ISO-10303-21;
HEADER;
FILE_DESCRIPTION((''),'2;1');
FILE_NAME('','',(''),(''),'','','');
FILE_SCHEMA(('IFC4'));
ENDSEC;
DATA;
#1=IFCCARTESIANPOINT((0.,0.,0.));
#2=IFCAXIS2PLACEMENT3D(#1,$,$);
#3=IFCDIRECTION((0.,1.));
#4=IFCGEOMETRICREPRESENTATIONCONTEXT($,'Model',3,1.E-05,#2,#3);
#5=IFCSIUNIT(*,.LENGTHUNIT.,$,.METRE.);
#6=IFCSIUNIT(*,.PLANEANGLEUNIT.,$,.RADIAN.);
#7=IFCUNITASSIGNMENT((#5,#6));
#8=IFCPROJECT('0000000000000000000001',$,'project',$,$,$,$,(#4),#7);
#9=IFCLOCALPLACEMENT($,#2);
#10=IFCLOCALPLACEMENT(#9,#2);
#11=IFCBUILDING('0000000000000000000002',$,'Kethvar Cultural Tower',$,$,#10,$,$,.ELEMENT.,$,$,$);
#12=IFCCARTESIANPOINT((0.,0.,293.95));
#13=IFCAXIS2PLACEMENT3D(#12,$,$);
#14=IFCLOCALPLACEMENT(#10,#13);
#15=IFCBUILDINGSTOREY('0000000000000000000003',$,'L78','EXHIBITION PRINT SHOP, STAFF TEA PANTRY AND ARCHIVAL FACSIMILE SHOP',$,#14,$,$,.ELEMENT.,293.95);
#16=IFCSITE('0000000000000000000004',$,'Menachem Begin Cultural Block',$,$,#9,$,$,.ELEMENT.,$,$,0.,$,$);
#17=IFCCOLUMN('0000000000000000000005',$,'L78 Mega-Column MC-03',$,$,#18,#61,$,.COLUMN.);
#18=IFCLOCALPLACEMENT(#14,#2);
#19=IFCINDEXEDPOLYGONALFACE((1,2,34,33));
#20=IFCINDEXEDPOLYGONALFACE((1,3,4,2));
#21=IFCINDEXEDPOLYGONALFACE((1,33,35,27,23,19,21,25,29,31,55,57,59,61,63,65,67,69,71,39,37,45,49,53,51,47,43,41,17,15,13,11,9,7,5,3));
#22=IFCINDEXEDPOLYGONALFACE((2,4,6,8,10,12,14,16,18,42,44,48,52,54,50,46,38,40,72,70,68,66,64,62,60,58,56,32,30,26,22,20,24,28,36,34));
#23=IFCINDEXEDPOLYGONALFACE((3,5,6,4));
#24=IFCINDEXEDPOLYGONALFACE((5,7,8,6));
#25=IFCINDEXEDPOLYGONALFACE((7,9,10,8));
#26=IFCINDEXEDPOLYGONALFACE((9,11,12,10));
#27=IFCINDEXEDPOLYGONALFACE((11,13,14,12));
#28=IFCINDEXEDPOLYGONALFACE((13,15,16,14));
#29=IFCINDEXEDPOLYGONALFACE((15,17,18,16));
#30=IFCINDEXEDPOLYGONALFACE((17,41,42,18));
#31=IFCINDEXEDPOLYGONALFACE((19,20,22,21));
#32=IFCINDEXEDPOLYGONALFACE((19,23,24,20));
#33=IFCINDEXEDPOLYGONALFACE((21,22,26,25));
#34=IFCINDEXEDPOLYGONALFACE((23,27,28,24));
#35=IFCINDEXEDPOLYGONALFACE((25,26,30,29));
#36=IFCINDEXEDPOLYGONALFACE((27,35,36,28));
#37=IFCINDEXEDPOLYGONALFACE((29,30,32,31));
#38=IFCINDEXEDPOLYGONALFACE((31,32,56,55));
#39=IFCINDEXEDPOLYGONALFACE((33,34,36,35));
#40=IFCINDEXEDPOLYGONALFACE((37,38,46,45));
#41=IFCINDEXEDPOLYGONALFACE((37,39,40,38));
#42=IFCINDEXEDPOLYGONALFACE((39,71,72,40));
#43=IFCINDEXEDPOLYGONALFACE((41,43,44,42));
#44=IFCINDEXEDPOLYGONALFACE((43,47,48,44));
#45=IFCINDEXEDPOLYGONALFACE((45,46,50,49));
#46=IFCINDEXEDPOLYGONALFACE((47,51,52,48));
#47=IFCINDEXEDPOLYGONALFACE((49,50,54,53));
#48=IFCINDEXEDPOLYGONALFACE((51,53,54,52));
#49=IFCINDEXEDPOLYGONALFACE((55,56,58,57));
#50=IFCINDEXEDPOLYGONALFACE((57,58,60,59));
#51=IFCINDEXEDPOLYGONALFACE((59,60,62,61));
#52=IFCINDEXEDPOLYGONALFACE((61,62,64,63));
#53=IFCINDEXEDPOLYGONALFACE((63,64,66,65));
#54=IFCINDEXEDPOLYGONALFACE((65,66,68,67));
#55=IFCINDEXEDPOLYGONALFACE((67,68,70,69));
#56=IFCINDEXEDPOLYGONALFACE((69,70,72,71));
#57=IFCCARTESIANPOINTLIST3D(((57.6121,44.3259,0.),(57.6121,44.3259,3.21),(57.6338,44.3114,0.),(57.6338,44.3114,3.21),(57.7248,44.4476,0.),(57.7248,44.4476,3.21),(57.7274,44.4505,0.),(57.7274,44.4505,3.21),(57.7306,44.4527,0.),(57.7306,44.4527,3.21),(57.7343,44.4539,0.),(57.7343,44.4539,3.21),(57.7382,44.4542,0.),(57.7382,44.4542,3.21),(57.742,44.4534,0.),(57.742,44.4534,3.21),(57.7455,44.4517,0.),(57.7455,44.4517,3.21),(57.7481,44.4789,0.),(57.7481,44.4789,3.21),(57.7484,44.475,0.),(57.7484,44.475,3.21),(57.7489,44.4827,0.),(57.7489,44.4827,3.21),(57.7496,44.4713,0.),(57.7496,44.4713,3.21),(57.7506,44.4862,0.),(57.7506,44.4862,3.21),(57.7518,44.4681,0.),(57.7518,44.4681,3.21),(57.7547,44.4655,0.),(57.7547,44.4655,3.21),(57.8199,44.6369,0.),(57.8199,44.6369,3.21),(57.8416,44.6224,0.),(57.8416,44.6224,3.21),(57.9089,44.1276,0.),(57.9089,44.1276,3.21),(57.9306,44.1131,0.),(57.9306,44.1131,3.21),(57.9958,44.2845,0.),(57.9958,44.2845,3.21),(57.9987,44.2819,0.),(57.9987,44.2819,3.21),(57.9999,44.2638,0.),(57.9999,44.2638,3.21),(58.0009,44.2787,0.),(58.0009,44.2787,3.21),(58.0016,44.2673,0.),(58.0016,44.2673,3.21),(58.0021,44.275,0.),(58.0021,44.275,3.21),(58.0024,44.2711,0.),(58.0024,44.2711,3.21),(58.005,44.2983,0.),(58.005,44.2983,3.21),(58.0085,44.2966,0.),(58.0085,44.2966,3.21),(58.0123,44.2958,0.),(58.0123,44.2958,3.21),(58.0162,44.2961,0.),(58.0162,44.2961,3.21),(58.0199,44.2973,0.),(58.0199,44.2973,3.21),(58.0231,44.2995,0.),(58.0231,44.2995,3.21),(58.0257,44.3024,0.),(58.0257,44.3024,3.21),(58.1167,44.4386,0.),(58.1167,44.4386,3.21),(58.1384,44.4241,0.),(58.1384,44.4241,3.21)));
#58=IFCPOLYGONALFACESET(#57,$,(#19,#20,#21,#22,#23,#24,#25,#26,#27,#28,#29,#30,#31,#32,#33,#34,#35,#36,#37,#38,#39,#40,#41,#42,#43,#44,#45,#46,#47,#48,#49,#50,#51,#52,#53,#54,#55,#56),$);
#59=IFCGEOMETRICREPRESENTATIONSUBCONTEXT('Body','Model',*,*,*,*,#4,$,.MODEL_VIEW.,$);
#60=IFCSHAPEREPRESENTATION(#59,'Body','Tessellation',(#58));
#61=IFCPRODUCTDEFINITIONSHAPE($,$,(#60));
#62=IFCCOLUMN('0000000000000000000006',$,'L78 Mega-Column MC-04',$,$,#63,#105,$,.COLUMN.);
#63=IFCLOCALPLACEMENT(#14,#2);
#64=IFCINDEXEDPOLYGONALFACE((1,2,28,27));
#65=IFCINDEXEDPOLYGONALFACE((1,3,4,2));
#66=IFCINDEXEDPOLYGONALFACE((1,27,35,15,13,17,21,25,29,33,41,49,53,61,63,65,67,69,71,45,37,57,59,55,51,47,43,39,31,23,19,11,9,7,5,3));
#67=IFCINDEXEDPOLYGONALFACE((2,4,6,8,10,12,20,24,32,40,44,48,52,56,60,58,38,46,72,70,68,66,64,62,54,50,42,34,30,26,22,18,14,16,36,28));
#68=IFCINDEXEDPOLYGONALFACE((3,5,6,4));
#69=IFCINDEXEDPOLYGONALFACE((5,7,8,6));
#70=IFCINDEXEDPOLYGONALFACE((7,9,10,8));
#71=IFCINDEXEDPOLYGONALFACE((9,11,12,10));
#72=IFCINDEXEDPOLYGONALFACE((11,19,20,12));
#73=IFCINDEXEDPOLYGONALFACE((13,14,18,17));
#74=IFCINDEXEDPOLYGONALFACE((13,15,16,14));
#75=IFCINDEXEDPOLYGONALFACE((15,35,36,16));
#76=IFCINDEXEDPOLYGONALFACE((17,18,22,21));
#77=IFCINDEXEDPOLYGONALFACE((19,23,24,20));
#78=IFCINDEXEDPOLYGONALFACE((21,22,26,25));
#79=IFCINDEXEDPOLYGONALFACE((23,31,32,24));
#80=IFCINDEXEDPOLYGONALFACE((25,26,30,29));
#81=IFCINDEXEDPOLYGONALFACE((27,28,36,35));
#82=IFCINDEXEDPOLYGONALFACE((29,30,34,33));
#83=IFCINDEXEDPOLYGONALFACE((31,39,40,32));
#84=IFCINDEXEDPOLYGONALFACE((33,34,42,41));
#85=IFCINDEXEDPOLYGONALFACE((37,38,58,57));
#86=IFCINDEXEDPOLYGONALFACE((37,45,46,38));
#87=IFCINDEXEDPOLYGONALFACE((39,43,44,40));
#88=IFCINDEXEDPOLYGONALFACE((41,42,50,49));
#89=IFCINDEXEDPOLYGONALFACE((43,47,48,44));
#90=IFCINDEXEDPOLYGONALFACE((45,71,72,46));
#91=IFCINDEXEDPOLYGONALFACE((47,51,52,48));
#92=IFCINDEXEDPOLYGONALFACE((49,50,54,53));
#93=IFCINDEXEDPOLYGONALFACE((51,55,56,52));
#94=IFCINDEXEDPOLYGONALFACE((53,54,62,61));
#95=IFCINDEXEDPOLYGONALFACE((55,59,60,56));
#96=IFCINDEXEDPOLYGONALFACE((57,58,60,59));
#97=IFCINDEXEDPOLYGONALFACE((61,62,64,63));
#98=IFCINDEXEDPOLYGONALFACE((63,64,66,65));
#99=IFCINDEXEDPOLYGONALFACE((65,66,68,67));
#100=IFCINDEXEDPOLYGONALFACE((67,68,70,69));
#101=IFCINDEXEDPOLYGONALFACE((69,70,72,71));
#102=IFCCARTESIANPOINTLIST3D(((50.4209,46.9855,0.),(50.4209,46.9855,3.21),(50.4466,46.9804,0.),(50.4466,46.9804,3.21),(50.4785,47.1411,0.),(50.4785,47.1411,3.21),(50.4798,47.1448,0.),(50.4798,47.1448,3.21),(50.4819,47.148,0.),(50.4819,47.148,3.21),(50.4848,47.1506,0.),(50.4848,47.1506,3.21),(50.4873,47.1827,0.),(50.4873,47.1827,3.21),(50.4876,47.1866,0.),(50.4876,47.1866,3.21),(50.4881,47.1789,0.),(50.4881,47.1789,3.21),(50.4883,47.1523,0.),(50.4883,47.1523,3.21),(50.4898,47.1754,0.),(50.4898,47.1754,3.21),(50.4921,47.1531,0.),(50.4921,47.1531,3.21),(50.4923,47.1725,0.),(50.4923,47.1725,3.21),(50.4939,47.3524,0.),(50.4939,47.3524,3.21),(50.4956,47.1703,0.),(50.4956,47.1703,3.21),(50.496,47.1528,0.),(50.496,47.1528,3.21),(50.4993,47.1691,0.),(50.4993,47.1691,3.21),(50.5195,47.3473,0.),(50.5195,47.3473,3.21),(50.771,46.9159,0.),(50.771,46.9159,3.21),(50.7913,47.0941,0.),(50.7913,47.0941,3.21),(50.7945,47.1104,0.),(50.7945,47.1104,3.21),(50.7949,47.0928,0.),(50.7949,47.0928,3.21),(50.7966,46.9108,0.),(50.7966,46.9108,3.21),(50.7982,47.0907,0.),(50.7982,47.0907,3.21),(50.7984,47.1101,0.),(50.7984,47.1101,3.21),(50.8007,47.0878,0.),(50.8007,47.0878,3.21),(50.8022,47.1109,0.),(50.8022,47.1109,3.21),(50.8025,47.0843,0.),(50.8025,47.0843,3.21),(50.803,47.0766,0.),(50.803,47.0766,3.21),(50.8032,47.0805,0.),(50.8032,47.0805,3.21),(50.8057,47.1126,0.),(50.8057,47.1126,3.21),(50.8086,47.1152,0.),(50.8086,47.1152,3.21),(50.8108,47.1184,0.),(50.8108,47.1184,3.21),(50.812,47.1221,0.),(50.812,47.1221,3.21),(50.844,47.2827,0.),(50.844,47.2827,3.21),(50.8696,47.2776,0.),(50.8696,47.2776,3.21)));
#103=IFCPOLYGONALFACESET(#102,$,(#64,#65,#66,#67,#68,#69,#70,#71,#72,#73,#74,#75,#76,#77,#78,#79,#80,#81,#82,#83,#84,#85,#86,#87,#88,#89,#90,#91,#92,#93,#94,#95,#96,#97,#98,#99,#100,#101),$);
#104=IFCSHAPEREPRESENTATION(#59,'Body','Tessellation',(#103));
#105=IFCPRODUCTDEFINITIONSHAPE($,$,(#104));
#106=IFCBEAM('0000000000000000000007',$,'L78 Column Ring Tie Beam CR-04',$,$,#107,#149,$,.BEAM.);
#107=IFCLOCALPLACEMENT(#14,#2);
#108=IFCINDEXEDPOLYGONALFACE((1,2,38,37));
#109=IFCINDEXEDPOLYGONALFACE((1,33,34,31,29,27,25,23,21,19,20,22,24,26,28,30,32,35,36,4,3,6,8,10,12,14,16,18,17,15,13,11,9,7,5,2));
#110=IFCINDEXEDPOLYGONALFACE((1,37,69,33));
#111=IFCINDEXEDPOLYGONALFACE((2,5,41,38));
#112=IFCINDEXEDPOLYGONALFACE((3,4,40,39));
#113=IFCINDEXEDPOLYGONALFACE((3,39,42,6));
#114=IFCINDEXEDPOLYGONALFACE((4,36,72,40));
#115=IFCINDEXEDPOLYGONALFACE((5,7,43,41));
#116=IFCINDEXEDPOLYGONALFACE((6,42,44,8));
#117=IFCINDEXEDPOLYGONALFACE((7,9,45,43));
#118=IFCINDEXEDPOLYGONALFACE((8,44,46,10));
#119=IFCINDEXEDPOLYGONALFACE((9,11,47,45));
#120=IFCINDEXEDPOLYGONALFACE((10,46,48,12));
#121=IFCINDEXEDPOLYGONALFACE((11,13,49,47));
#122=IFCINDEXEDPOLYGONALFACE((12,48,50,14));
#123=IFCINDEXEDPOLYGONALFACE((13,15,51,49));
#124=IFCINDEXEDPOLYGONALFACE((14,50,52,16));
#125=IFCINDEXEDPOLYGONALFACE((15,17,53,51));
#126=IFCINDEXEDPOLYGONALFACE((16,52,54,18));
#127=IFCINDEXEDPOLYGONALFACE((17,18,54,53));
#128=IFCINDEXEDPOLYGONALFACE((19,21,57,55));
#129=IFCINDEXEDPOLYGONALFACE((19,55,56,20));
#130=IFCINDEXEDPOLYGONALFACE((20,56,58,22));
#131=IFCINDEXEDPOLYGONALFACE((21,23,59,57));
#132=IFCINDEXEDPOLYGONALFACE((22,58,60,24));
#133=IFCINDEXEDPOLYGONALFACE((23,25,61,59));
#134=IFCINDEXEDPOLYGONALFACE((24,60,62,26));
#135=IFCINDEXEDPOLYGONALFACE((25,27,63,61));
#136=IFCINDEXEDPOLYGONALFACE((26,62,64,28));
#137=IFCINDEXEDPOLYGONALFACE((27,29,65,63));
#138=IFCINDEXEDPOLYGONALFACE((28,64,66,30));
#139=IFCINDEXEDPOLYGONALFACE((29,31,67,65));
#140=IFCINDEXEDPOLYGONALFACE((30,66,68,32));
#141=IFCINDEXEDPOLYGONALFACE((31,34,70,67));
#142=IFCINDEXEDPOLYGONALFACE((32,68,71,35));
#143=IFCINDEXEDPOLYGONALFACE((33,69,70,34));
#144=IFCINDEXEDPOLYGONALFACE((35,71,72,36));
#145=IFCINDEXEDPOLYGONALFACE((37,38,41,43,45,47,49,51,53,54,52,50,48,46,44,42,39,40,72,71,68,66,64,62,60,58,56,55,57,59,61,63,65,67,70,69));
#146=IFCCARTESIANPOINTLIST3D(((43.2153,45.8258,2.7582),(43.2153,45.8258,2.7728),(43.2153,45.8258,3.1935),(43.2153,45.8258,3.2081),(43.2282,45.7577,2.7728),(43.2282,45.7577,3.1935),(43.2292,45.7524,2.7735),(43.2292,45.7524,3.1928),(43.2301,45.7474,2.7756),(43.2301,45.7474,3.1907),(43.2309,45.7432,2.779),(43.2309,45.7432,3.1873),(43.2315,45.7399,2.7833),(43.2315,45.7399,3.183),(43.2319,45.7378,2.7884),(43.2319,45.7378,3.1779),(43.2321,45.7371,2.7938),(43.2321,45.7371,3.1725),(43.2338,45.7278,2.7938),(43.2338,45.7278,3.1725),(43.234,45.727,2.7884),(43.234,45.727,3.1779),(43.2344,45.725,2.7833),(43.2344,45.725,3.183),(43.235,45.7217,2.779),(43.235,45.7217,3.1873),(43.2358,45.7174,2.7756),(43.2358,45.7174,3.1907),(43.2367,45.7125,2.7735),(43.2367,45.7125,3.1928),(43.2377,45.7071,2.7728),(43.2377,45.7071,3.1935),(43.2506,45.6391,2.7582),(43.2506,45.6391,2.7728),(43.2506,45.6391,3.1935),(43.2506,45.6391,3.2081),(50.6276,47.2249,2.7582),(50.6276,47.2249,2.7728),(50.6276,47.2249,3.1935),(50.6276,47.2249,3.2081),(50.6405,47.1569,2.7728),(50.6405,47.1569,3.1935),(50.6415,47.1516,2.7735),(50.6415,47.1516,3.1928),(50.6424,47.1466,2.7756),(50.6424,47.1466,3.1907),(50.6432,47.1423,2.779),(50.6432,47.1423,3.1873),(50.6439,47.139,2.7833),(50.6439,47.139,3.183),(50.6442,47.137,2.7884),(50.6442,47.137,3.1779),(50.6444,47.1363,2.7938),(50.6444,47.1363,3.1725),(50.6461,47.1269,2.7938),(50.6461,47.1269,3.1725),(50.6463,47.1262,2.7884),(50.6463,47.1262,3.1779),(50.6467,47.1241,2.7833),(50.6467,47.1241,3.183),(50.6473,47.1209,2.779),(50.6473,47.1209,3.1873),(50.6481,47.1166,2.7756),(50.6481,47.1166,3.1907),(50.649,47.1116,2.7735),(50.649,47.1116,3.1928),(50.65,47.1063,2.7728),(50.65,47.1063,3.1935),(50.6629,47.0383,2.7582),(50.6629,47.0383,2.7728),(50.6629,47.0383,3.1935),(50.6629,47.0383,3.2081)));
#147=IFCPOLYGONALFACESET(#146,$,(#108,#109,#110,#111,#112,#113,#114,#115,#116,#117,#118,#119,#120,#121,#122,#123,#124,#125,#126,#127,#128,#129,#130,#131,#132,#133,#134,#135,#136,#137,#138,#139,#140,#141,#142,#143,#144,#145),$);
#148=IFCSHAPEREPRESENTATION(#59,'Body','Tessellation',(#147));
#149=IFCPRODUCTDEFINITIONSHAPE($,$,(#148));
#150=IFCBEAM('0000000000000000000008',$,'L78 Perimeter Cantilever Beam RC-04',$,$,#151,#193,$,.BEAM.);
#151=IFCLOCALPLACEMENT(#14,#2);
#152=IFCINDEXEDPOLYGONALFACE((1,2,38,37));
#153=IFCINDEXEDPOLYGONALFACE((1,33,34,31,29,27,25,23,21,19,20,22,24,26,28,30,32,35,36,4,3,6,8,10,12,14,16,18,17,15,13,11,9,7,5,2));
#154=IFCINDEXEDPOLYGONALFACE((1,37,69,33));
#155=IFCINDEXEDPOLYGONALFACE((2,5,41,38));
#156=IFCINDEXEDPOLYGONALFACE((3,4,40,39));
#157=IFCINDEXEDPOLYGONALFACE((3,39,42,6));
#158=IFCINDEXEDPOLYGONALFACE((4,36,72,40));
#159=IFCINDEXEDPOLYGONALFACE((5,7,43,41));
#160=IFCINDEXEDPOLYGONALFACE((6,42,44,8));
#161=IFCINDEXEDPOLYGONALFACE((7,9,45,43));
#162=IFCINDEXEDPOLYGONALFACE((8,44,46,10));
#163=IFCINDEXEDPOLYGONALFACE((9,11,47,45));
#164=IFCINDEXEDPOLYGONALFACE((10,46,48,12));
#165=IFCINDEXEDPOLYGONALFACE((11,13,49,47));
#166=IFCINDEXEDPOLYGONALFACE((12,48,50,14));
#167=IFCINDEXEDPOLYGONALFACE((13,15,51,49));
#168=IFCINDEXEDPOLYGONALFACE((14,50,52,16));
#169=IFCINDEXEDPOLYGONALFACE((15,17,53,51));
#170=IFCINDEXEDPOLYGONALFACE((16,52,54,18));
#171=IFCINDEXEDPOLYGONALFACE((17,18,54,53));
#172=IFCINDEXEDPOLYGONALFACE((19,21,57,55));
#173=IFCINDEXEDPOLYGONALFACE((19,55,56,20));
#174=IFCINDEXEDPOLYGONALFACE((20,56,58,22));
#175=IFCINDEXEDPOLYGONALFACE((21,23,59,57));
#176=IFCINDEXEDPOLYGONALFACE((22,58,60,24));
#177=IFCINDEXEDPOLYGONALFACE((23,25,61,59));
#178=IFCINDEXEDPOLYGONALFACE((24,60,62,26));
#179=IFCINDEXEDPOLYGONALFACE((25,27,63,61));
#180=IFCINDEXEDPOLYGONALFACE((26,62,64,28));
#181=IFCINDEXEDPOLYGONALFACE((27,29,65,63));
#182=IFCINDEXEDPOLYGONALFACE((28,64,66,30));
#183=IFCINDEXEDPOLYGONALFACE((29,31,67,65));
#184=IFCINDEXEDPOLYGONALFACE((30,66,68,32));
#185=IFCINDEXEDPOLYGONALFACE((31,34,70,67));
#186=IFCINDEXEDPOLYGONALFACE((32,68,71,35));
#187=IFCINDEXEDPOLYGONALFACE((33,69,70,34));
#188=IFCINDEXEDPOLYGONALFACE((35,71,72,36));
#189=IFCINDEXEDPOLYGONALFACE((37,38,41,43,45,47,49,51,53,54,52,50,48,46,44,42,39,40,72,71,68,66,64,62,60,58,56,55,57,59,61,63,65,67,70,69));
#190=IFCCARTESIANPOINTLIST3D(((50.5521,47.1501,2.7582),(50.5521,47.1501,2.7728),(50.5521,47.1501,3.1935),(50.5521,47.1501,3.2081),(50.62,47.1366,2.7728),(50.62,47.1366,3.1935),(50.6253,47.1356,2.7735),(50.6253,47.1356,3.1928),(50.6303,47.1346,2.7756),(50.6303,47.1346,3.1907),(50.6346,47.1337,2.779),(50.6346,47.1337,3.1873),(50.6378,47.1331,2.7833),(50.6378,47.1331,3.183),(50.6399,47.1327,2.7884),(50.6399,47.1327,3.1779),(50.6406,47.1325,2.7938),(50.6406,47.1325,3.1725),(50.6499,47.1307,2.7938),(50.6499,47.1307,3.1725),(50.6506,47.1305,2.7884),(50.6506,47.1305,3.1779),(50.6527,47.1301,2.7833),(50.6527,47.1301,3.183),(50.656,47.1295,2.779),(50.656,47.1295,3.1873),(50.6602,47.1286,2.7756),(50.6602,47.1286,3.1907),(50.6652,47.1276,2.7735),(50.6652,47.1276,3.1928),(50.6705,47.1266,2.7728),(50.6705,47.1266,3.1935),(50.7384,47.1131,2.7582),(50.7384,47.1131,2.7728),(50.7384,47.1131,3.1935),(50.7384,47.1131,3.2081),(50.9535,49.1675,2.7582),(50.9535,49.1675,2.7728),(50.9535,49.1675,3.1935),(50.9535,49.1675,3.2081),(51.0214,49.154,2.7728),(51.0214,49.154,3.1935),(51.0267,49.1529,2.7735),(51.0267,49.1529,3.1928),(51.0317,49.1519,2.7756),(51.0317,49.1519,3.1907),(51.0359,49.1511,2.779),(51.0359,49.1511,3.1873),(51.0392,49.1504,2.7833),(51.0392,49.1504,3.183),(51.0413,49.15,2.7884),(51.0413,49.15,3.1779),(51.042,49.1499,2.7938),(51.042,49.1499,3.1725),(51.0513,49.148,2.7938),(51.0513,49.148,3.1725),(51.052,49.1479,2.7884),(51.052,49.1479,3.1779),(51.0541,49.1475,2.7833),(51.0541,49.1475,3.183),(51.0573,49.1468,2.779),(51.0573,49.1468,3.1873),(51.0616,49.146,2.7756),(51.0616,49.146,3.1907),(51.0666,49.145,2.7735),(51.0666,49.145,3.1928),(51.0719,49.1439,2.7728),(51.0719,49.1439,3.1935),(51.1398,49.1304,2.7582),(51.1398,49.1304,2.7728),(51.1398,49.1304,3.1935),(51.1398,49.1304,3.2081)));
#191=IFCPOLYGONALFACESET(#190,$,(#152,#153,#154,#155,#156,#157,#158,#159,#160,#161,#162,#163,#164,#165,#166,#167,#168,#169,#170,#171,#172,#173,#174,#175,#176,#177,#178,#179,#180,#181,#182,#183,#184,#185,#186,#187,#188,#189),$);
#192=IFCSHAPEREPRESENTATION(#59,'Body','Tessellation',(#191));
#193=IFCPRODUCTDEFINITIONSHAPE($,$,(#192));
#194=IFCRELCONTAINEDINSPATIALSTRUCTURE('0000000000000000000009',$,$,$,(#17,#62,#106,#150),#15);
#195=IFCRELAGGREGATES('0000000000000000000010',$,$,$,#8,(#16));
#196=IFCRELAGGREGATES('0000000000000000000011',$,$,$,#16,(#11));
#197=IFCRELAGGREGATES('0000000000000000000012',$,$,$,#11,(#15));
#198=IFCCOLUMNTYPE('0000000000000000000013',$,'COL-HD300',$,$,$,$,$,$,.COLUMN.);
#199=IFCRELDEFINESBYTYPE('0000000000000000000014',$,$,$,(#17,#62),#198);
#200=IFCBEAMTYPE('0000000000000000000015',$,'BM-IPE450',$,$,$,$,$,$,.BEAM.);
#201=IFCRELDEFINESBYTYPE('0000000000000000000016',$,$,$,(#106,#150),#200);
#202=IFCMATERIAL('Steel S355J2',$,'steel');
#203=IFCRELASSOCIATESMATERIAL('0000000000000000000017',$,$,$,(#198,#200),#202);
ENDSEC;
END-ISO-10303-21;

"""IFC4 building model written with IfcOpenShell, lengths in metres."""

from ifc_helpers import new_model, si_unit, direction, frame, origin, origin_2d, place, context, subcontext, project, spatial, i_section, extrude, source, transform, mapped, material, material_profile, profile_set, type_object, element, save


model = new_model("IFC4")

# Units and contexts
model_context = context("Model", 3, precision=1e-05, world=origin(), true_north=direction((0.0, 1.0)))
body_context = subcontext(model_context, "Body", "Model", "MODEL_VIEW")
ifc_project = project(units=[si_unit("LENGTHUNIT", "METRE"), si_unit("PLANEANGLEUNIT", "RADIAN")], contexts=[model_context])

# Site, building, storey
site_placement = place(None, origin())
site = spatial("IfcSite", under=ifc_project, at=site_placement, Name="Menachem Begin Cultural Block", CompositionType="ELEMENT", RefElevation=0.0)
building_placement = place(site_placement, origin())
building = spatial("IfcBuilding", under=site, at=building_placement, Name="Kethvar Cultural Tower", CompositionType="ELEMENT")
storey_placement = place(building_placement, frame((0.0, 0.0, 293.95)))
storey = spatial("IfcBuildingStorey", under=building, at=storey_placement, Name="L78", Description="EXHIBITION PRINT SHOP, STAFF TEA PANTRY AND ARCHIVAL FACSIMILE SHOP", CompositionType="ELEMENT", Elevation=293.95)

# Columns
ifc_material_1 = material(Name="Steel S355J2", Category="steel")
ifc_material_profile_1 = material_profile(ifc_material_1, i_section(OverallWidth=0.374, OverallDepth=0.3831, WebThickness=0.0166, FlangeThickness=0.0261, FilletRadius=0.0149, at=origin_2d()), Name="Steel S355J2 — HD360x300")
ifc_profile_set_1 = profile_set([ifc_material_profile_1], Name="Steel S355J2 — HD360x300")
column_type = type_object("IfcColumnType", Name="COL-HD300", PredefinedType="COLUMN", material=ifc_profile_set_1)
shared_shape_1 = source(origin(), body_context, "Body", "SweptSolid", [
    extrude(i_section(OverallWidth=0.374, OverallDepth=0.3831, WebThickness=0.0166, FlangeThickness=0.0261, FilletRadius=0.0149, at=origin_2d()), origin(), (0.0, 0.0, 1.0), 3.21),
])
for number, where, z_axis, x_axis, name in (
    (1, (57.8752, 44.375, 0.0), (0.0, 0.0, 1.0), (0.55557, 0.83147, 0.0), "L78 Mega-Column MC-03"),
    (2, (50.6453, 47.1316, 0.0), (0.0, 0.0, 1.0), (0.19509, 0.980785, 0.0), "L78 Mega-Column MC-04"),
):
    element("IfcColumn", number, at=place(storey_placement, frame(where, z_axis=z_axis, x_axis=x_axis)), inside=storey, type_object=column_type, Name=name, PredefinedType="COLUMN", context=body_context, shape_type="MappedRepresentation", body=[
        mapped(shared_shape_1, transform((0.0, 0.0, 0.0), scale=1.0)),
    ])

# Beams
ifc_material_profile_2 = material_profile(ifc_material_1, i_section(OverallWidth=0.1899, OverallDepth=0.45, WebThickness=0.0095, FlangeThickness=0.0146, FilletRadius=0.021, at=origin_2d()), Name="Steel S355J2 — IPE450")
ifc_profile_set_2 = profile_set([ifc_material_profile_2], Name="Steel S355J2 — IPE450")
beam_type_1 = type_object("IfcBeamType", Name="BM-IPE450", PredefinedType="BEAM", material=ifc_profile_set_2)
shared_shape_2 = source(origin(), body_context, "Body", "SweptSolid", [
    extrude(i_section(OverallWidth=0.1899, OverallDepth=0.45, WebThickness=0.0095, FlangeThickness=0.0146, FilletRadius=0.021, at=origin_2d()), origin(), (0.0, 0.0, 1.0), 7.5432),
])
beam_1_placement = place(storey_placement, frame((50.6453, 47.1316, 2.9832), z_axis=(-0.982647, -0.185486, 0.0), x_axis=(0.185486, -0.982647, 0.0)))
element("IfcBeam", 3, at=beam_1_placement, inside=storey, type_object=beam_type_1, Name="L78 Column Ring Tie Beam CR-04", PredefinedType="BEAM", context=body_context, shape_type="MappedRepresentation", body=[
    mapped(shared_shape_2, transform((0.0, 0.0, 0.0), scale=1.0)),
])
shared_shape_3 = source(origin(), body_context, "Body", "SweptSolid", [
    extrude(i_section(OverallWidth=0.1899, OverallDepth=0.45, WebThickness=0.0095, FlangeThickness=0.0146, FilletRadius=0.021, at=origin_2d()), origin(), (0.0, 0.0, 1.0), 2.0569),
])
beam_2_placement = place(storey_placement, frame((50.6453, 47.1316, 2.9832), z_axis=(0.195135, 0.980776, 0.0), x_axis=(-0.980776, 0.195135, 0.0)))
element("IfcBeam", 4, at=beam_2_placement, inside=storey, type_object=beam_type_1, Name="L78 Perimeter Cantilever Beam RC-04", PredefinedType="BEAM", context=body_context, shape_type="MappedRepresentation", body=[
    mapped(shared_shape_3, transform((0.0, 0.0, 0.0), scale=1.0)),
])

save(model, "model.ifc")
